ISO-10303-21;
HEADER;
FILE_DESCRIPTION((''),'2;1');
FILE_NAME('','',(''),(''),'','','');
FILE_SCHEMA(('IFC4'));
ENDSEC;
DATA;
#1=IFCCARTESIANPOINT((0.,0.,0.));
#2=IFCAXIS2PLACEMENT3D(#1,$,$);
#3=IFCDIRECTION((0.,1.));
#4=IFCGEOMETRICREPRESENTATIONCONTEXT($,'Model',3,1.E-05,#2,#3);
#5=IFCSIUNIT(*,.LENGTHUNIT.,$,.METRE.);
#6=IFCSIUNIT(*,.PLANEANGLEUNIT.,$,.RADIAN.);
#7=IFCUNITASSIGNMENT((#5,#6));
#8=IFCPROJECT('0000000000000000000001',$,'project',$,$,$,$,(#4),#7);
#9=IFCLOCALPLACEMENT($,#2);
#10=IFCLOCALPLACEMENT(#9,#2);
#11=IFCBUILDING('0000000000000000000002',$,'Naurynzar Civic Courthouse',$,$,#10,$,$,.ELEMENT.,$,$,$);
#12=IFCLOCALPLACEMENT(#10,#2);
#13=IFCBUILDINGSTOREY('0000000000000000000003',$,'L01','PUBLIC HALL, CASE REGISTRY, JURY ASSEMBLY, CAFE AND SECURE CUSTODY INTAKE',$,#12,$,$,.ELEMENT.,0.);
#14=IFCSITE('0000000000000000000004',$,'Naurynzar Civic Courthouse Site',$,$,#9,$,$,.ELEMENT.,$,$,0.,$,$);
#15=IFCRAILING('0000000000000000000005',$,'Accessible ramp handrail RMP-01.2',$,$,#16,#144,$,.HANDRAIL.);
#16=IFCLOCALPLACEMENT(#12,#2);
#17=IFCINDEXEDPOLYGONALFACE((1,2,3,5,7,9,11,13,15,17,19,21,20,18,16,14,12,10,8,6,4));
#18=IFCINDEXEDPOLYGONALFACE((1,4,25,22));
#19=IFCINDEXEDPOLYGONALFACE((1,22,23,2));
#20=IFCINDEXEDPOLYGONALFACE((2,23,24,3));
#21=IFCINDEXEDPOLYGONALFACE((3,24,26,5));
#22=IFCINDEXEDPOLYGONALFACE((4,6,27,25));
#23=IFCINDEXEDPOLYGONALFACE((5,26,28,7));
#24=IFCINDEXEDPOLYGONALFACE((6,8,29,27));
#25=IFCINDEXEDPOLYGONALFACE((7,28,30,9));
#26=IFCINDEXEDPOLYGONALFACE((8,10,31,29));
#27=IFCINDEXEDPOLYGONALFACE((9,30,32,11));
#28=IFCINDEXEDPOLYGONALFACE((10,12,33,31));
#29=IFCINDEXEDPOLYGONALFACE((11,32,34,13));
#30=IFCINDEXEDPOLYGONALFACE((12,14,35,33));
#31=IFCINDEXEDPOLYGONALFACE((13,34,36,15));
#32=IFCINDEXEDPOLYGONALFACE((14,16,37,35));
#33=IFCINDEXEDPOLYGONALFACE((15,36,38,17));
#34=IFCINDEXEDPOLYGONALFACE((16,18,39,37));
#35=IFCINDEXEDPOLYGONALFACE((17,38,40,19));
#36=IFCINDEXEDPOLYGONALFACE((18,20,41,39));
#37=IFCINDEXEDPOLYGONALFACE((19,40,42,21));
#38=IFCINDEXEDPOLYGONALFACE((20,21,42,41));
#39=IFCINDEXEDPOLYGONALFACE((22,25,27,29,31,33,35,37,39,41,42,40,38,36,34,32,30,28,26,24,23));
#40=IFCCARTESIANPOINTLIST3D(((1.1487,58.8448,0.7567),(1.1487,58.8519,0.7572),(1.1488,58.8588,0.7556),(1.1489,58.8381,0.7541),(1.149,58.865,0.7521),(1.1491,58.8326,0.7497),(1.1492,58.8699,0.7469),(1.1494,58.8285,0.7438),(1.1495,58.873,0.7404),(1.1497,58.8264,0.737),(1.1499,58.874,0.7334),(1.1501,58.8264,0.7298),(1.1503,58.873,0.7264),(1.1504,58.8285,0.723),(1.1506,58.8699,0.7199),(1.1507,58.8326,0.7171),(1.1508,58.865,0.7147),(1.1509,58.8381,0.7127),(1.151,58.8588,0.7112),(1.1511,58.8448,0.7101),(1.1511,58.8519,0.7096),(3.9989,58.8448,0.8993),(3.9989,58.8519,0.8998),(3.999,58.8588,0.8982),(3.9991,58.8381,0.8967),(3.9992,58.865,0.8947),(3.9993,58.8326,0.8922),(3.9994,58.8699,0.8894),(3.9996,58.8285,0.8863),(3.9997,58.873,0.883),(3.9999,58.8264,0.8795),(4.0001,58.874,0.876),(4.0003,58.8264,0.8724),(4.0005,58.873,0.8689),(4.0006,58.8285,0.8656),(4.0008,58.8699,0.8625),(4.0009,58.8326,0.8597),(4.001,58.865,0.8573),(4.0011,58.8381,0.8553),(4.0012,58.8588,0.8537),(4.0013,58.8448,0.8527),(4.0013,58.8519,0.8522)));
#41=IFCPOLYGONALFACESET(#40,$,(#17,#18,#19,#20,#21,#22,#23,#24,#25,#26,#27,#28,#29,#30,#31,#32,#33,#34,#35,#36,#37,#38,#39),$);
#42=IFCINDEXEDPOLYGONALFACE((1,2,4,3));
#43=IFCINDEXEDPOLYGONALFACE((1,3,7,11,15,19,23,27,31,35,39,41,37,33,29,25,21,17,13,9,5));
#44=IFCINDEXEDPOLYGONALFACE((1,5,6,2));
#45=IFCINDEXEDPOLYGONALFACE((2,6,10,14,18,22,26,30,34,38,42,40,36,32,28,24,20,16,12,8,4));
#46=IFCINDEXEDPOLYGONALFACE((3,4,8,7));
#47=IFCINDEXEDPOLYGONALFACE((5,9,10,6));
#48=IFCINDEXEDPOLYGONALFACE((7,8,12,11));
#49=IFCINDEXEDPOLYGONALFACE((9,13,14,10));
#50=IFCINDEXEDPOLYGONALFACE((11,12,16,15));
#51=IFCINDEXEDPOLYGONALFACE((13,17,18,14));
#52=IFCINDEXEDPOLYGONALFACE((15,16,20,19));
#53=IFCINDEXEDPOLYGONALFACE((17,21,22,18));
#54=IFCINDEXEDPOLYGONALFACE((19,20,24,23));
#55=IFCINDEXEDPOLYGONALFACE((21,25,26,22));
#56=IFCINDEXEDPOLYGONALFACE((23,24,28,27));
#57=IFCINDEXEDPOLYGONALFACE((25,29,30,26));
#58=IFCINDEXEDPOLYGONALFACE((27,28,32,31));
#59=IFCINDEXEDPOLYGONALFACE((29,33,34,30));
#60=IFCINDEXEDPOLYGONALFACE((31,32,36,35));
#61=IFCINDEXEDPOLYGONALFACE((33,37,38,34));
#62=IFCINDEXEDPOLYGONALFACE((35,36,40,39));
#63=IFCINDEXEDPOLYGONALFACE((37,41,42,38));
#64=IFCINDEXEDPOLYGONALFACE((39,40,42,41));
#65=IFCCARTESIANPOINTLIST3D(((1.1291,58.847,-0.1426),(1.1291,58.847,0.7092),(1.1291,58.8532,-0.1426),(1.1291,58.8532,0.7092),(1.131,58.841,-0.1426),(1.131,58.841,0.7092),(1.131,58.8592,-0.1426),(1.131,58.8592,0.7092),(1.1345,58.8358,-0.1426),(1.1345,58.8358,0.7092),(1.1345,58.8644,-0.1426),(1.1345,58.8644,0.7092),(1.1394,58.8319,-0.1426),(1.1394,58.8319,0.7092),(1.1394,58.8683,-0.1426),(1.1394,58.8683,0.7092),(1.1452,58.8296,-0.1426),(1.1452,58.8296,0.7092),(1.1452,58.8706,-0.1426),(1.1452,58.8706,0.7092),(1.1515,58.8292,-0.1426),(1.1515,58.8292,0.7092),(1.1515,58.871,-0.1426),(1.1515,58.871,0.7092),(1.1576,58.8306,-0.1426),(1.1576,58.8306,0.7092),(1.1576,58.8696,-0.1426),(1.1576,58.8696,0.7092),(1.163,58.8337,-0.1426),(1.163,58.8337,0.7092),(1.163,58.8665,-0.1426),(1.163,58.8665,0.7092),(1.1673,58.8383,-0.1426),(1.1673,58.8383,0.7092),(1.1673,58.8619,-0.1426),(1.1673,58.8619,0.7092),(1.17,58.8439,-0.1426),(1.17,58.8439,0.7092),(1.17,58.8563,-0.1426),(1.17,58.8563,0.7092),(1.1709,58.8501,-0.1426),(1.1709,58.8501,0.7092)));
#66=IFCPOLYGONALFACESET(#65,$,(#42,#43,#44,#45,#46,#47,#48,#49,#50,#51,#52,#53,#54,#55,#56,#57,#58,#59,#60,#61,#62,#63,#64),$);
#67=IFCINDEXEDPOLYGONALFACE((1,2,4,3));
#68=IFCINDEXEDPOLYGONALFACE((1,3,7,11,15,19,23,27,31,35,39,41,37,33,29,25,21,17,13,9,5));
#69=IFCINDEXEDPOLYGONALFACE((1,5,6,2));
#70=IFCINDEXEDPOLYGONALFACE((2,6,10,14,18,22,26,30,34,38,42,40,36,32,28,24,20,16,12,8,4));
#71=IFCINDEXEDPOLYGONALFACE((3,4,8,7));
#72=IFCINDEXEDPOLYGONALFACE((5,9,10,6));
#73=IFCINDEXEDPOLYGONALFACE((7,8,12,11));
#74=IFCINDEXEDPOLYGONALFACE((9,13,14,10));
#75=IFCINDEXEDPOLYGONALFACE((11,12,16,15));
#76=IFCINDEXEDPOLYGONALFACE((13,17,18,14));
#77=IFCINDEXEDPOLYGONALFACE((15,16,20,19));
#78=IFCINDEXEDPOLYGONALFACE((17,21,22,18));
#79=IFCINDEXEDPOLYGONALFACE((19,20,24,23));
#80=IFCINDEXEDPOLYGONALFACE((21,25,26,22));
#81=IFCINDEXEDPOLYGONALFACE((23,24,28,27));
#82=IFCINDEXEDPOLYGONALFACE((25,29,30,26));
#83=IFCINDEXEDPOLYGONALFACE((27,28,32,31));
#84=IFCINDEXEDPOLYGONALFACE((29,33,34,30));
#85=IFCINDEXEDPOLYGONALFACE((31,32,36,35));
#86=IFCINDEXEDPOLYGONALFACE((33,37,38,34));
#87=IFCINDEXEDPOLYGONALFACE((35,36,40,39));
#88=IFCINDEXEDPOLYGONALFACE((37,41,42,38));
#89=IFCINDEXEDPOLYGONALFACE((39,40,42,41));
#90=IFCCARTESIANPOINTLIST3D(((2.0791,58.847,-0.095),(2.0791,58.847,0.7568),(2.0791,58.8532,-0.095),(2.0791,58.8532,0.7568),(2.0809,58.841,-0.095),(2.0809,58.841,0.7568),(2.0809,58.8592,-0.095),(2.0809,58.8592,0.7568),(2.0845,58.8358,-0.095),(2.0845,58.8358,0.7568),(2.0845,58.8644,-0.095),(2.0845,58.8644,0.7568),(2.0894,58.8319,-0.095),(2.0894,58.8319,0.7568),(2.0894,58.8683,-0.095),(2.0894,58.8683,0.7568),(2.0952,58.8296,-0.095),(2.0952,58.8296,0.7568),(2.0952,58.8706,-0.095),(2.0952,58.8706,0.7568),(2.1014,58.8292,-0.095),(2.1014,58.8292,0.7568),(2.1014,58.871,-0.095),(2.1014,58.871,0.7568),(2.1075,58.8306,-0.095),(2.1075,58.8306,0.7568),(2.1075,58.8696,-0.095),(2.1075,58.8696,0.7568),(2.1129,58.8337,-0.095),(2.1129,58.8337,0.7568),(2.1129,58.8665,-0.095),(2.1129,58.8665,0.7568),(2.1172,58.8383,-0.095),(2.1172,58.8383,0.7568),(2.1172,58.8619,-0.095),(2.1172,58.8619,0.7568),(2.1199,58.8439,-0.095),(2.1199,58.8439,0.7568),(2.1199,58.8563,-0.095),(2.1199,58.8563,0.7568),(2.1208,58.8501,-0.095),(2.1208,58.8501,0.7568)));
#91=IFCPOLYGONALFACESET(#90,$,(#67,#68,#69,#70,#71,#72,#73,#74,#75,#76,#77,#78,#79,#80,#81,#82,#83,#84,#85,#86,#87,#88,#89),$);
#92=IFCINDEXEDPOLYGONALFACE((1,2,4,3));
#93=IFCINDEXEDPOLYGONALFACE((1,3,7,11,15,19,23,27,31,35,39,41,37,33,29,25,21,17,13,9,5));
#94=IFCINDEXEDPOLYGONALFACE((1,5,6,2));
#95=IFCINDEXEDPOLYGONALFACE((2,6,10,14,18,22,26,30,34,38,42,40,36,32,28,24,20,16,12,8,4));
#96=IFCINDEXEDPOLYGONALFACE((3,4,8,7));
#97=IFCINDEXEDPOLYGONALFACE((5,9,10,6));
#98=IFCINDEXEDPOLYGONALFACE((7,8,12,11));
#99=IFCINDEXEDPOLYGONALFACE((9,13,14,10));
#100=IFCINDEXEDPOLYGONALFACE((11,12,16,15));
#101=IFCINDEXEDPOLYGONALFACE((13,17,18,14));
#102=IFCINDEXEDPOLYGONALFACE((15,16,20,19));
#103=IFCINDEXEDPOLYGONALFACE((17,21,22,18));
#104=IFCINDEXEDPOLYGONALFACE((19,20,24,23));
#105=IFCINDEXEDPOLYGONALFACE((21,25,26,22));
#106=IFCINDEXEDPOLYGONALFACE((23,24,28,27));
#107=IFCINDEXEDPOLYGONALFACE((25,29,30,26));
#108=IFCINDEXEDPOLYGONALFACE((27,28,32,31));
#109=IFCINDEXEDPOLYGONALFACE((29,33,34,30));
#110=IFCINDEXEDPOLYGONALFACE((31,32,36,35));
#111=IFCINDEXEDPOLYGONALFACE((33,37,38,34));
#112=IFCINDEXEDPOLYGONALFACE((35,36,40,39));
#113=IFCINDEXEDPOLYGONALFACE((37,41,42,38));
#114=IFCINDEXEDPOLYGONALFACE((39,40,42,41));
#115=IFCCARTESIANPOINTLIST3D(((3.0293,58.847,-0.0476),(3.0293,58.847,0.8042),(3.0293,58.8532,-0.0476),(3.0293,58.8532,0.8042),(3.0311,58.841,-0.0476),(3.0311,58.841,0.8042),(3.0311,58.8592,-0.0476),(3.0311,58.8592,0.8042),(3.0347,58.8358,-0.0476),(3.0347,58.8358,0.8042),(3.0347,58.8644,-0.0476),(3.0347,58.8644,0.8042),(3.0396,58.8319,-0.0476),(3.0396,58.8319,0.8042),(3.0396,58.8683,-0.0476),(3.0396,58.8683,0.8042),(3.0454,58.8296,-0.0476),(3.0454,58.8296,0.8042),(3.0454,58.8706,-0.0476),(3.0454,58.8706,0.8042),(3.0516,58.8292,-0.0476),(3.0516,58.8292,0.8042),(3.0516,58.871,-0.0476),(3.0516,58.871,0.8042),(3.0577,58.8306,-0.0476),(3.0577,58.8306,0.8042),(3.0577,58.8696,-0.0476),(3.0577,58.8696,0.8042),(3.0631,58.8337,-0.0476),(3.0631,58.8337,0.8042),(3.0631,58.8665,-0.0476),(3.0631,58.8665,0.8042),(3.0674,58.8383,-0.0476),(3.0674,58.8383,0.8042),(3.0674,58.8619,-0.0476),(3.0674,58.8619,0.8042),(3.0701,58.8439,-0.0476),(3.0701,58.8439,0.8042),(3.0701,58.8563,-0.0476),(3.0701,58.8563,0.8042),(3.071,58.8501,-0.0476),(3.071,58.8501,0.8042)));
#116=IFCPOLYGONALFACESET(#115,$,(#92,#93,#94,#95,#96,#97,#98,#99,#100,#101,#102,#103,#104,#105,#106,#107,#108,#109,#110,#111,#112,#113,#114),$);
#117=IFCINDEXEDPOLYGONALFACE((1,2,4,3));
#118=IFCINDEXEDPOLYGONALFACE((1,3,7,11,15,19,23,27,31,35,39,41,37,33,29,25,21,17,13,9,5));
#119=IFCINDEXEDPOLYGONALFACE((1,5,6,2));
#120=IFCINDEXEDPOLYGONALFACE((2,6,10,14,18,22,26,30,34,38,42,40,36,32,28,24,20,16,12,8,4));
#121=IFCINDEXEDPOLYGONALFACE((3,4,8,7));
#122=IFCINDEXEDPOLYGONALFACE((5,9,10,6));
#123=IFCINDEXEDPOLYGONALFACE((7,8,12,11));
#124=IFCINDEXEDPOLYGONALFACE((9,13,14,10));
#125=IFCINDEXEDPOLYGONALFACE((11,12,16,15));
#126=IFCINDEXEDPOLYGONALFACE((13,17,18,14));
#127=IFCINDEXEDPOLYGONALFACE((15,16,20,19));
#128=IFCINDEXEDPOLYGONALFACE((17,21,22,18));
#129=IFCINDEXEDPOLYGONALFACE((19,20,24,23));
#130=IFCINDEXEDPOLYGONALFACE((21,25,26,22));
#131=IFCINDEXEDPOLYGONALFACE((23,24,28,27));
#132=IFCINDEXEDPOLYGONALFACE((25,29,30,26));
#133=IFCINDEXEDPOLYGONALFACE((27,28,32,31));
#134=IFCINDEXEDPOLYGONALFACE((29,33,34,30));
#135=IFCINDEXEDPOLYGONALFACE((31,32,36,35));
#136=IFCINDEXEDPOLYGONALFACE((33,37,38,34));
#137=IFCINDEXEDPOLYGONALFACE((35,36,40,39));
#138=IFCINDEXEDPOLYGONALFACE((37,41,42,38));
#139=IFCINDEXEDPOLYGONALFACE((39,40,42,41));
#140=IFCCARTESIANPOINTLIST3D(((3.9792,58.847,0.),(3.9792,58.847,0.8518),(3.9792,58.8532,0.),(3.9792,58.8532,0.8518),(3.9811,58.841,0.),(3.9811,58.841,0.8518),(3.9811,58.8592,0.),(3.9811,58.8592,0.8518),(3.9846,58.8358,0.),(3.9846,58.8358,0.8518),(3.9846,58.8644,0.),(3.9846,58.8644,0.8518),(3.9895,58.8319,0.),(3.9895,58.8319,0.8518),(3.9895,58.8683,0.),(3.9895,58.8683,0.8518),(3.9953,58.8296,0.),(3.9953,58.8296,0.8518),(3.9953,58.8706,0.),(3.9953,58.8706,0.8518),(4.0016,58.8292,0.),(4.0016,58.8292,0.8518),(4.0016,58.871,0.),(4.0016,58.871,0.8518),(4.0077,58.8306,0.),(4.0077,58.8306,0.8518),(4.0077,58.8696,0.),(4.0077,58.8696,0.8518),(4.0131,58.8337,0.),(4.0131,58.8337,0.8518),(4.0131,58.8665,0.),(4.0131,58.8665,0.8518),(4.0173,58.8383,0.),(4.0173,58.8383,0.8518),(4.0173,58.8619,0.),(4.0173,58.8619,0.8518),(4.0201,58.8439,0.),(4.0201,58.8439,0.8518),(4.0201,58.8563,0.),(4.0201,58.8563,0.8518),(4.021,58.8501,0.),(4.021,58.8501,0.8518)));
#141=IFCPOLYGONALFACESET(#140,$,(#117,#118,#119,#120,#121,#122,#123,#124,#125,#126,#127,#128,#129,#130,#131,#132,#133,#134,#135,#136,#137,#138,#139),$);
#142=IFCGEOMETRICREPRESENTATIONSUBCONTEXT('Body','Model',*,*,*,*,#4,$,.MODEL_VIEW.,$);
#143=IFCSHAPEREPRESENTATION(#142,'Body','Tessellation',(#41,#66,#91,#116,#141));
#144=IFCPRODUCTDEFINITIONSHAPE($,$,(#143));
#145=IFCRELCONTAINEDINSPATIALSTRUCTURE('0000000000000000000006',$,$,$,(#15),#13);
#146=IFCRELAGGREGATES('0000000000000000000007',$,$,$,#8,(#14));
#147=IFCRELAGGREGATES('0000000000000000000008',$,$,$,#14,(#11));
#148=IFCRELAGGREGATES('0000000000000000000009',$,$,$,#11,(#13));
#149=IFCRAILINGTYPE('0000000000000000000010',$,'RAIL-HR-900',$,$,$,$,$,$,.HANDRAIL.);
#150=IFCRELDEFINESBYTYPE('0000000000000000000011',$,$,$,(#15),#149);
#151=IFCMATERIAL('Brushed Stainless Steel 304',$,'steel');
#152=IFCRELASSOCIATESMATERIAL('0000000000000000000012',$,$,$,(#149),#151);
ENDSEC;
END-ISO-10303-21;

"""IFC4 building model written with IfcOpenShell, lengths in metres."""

from ifc_helpers import new_model, si_unit, direction, frame, origin, origin_2d, place, context, subcontext, project, spatial, circle, extrude, material, type_object, element, save


model = new_model("IFC4")

# Units and contexts
model_context = context("Model", 3, precision=1e-05, world=origin(), true_north=direction((0.0, 1.0)))
body_context = subcontext(model_context, "Body", "Model", "MODEL_VIEW")
ifc_project = project(units=[si_unit("LENGTHUNIT", "METRE"), si_unit("PLANEANGLEUNIT", "RADIAN")], contexts=[model_context])

# Site, building, storey
site_placement = place(None, origin())
site = spatial("IfcSite", under=ifc_project, at=site_placement, Name="Naurynzar Civic Courthouse Site", CompositionType="ELEMENT", RefElevation=0.0)
building_placement = place(site_placement, origin())
building = spatial("IfcBuilding", under=site, at=building_placement, Name="Naurynzar Civic Courthouse", CompositionType="ELEMENT")
storey_placement = place(building_placement, origin())
storey = spatial("IfcBuildingStorey", under=building, at=storey_placement, Name="L01", Description="PUBLIC HALL, CASE REGISTRY, JURY ASSEMBLY, CAFE AND SECURE CUSTODY INTAKE", CompositionType="ELEMENT", Elevation=0.0)

# Railing
ifc_material_1 = material(Name="Brushed Stainless Steel 304", Category="steel")
railing_type = type_object("IfcRailingType", Name="RAIL-HR-900", PredefinedType="HANDRAIL", material=ifc_material_1)
for number, where, name in (
    (1, (1.1499, 58.8501, -0.1426), "Accessible ramp handrail RMP-01.2"),
):
    element("IfcRailing", number, at=place(storey_placement, frame(where)), inside=storey, type_object=railing_type, Name=name, PredefinedType="HANDRAIL", context=body_context, shape_type="SweptSolid", body=[
        extrude(circle(Radius=0.0239, at=origin_2d()), frame((0.0, 0.0, 0.876), z_axis=(0.998751, 0.0, 0.049963), x_axis=(0.0, 1.0, 0.0)), (0.0, 0.0, 1.0), 2.8538),
        extrude(circle(Radius=0.021, at=origin_2d()), origin(), (0.0, 0.0, 1.0), 0.8518),
        extrude(circle(Radius=0.021, at=origin_2d()), frame((0.95, 0.0, 0.0476)), (0.0, 0.0, 1.0), 0.8518),
        extrude(circle(Radius=0.021, at=origin_2d()), frame((1.9001, 0.0, 0.095)), (0.0, 0.0, 1.0), 0.8518),
        extrude(circle(Radius=0.021, at=origin_2d()), frame((2.8501, 0.0, 0.1426)), (0.0, 0.0, 1.0), 0.8518),
    ])

save(model, "model.ifc")
